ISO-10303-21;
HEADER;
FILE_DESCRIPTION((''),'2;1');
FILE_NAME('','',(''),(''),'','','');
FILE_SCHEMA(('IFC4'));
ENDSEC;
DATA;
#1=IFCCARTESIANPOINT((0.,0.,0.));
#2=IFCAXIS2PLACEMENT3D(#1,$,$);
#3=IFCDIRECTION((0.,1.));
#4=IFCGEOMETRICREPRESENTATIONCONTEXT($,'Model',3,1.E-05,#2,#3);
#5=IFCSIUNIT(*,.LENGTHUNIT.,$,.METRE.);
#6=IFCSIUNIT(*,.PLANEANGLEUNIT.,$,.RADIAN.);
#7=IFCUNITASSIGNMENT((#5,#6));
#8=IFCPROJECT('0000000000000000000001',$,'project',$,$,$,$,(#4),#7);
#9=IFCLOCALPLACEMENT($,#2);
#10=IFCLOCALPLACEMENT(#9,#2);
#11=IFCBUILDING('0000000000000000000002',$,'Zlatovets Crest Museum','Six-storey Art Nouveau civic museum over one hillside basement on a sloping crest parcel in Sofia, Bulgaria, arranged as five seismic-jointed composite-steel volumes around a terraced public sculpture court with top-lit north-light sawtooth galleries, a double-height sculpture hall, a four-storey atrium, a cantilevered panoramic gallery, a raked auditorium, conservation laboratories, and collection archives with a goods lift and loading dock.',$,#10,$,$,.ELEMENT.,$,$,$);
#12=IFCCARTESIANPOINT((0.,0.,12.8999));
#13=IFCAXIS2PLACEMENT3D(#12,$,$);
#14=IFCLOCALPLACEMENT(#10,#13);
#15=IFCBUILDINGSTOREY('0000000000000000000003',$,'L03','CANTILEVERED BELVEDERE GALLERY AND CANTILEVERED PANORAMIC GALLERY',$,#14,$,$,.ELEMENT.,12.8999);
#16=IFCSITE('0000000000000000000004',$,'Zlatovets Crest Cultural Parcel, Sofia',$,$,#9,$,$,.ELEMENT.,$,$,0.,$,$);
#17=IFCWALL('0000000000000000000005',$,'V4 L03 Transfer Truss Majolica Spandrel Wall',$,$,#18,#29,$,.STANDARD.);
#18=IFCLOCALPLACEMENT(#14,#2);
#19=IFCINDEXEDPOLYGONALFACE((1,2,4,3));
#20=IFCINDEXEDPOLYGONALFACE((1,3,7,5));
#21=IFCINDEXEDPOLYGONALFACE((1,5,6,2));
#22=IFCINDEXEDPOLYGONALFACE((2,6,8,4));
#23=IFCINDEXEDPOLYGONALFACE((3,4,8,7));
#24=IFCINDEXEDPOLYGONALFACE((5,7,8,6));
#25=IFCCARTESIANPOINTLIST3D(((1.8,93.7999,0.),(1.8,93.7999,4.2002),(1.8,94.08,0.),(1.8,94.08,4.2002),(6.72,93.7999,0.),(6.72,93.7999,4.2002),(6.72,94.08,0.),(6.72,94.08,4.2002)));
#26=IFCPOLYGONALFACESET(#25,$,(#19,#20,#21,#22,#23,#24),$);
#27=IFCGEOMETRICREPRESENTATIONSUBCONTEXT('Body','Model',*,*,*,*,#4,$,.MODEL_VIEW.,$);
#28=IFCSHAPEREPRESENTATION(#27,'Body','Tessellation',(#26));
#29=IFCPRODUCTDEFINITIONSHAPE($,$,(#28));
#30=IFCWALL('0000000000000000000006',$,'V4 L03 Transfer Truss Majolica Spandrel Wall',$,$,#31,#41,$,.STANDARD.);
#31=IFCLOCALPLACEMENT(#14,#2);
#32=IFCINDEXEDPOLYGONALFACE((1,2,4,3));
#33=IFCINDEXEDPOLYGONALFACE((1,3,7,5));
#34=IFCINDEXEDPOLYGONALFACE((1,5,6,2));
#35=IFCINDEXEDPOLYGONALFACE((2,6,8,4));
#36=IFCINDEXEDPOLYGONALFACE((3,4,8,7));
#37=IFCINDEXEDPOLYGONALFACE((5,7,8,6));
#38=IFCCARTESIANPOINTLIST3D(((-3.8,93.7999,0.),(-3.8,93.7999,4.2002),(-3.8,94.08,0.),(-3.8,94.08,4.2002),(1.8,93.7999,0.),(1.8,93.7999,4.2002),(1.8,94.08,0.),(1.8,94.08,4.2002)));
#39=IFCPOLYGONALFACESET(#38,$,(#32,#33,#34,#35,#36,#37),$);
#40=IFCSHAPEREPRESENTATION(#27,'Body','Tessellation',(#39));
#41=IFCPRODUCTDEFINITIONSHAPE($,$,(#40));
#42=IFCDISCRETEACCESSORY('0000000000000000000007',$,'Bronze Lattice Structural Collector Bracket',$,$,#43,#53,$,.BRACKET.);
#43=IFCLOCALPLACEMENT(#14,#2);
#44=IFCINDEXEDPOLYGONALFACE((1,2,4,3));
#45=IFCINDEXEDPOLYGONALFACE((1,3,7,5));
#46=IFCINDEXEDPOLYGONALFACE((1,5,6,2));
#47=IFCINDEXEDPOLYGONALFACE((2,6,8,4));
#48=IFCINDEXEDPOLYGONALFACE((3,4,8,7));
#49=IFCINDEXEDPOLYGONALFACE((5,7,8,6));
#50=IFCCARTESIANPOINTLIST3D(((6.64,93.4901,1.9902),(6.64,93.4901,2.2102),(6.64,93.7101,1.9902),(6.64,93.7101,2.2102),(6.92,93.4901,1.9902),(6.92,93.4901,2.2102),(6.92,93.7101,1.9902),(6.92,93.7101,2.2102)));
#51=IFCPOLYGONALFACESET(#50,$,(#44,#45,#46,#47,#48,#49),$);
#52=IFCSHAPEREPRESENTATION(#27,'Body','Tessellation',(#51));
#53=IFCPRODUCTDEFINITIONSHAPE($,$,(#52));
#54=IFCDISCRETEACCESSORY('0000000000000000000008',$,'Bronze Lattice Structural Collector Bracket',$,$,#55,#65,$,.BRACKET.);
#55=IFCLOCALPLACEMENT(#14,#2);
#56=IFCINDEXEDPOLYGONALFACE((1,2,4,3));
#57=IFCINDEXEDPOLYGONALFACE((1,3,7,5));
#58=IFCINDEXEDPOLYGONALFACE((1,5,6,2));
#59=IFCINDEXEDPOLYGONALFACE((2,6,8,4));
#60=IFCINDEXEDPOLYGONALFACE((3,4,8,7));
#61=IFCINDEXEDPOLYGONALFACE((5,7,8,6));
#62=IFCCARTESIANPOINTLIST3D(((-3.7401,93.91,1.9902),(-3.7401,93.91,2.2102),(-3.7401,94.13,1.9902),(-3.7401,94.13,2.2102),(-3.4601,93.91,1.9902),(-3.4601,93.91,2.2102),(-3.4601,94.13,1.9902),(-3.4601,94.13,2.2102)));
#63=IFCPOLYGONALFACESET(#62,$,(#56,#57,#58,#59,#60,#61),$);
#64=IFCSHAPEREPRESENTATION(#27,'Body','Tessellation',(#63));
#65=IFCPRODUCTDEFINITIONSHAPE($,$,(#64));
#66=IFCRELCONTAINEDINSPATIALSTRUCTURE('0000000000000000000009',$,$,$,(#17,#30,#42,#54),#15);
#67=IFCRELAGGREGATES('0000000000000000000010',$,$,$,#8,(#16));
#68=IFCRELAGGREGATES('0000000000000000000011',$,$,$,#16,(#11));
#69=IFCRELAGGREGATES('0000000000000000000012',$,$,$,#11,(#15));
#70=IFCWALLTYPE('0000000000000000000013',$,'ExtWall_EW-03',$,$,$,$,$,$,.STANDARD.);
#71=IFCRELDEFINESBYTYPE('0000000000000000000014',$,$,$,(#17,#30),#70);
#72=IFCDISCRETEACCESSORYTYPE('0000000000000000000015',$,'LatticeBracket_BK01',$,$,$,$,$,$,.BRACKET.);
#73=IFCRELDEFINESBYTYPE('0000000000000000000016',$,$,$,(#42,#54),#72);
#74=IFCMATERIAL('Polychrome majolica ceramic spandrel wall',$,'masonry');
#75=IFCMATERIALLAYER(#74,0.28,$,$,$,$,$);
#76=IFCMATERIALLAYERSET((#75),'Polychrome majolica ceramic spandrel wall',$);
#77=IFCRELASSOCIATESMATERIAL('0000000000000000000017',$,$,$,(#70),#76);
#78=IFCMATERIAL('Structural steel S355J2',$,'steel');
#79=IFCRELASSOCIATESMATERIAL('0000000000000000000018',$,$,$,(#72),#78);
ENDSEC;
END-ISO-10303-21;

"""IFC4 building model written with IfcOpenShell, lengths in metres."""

from ifc_helpers import new_model, si_unit, direction, frame, frame_2d, origin, origin_2d, place, context, subcontext, project, spatial, rectangle, extrude, material, layer, layer_set, type_object, element, save


model = new_model("IFC4")

# Units and contexts
model_context = context("Model", 3, precision=1e-05, world=origin(), true_north=direction((0.0, 1.0)))
body_context = subcontext(model_context, "Body", "Model", "MODEL_VIEW")
ifc_project = project(units=[si_unit("LENGTHUNIT", "METRE"), si_unit("PLANEANGLEUNIT", "RADIAN")], contexts=[model_context])

# Site, building, storey
site_placement = place(None, origin())
site = spatial("IfcSite", under=ifc_project, at=site_placement, Name="Zlatovets Crest Cultural Parcel, Sofia", CompositionType="ELEMENT", RefElevation=0.0)
building_placement = place(site_placement, origin())
building = spatial("IfcBuilding", under=site, at=building_placement, Name="Zlatovets Crest Museum", Description="Six-storey Art Nouveau civic museum over one hillside basement on a sloping crest parcel in Sofia, Bulgaria, arranged as five seismic-jointed composite-steel volumes around a terraced public sculpture court with top-lit north-light sawtooth galleries, a double-height sculpture hall, a four-storey atrium, a cantilevered panoramic gallery, a raked auditorium, conservation laboratories, and collection archives with a goods lift and loading dock.", CompositionType="ELEMENT")
storey_placement = place(building_placement, frame((0.0, 0.0, 12.8999)))
storey = spatial("IfcBuildingStorey", under=building, at=storey_placement, Name="L03", Description="CANTILEVERED BELVEDERE GALLERY AND CANTILEVERED PANORAMIC GALLERY", CompositionType="ELEMENT", Elevation=12.8999)

# Shared definitions
ifc_material_1 = material(Name="Structural steel S355J2", Category="steel")

# Walls
ifc_material_2 = material(Name="Polychrome majolica ceramic spandrel wall", Category="masonry")
ifc_layer_1 = layer(ifc_material_2, 0.28)
ifc_layer_set_1 = layer_set([ifc_layer_1], Name="Polychrome majolica ceramic spandrel wall")
wall_type_1 = type_object("IfcWallType", Name="ExtWall_EW-03", PredefinedType="STANDARD", material=ifc_layer_set_1)
wall_1_placement = place(storey_placement, frame((6.72, 93.9399, 0.0), z_axis=(0.0, 0.0, 1.0), x_axis=(-1.0, 0.0, 0.0)))
element("IfcWall", 1, at=wall_1_placement, inside=storey, type_object=wall_type_1, Name="V4 L03 Transfer Truss Majolica Spandrel Wall", PredefinedType="STANDARD", context=body_context, shape_type="SweptSolid", body=[
    extrude(rectangle(XDim=4.9199, YDim=0.28, at=frame_2d((2.46, 0.0))), origin(), (0.0, 0.0, 1.0), 4.2002),
])
wall_2_placement = place(storey_placement, frame((1.8, 93.9399, 0.0), z_axis=(0.0, 0.0, 1.0), x_axis=(-1.0, 0.0, 0.0)))
element("IfcWall", 2, at=wall_2_placement, inside=storey, type_object=wall_type_1, Name="V4 L03 Transfer Truss Majolica Spandrel Wall", PredefinedType="STANDARD", context=body_context, shape_type="SweptSolid", body=[
    extrude(rectangle(XDim=5.6001, YDim=0.28, at=frame_2d((2.8, 0.0))), origin(), (0.0, 0.0, 1.0), 4.2002),
])

# Discrete accessories
discrete_accessory_type = type_object("IfcDiscreteAccessoryType", Name="LatticeBracket_BK01", PredefinedType="BRACKET", material=ifc_material_1)
for number, where, z_axis, x_axis, name in (
    (3, (6.78, 93.6001, 1.9902), (0.0, 0.0, 1.0), (1.0, 0.0, 0.0), "Bronze Lattice Structural Collector Bracket"),
    (4, (-3.6001, 94.02, 1.9902), (0.0, 0.0, 1.0), (1.0, 0.0, 0.0), "Bronze Lattice Structural Collector Bracket"),
):
    element("IfcDiscreteAccessory", number, at=place(storey_placement, frame(where, z_axis=z_axis, x_axis=x_axis)), inside=storey, type_object=discrete_accessory_type, Name=name, PredefinedType="BRACKET", context=body_context, shape_type="SweptSolid", body=[
        extrude(rectangle(XDim=0.28, YDim=0.22, at=origin_2d()), origin(), (0.0, 0.0, 1.0), 0.22),
    ])

save(model, "model.ifc")
